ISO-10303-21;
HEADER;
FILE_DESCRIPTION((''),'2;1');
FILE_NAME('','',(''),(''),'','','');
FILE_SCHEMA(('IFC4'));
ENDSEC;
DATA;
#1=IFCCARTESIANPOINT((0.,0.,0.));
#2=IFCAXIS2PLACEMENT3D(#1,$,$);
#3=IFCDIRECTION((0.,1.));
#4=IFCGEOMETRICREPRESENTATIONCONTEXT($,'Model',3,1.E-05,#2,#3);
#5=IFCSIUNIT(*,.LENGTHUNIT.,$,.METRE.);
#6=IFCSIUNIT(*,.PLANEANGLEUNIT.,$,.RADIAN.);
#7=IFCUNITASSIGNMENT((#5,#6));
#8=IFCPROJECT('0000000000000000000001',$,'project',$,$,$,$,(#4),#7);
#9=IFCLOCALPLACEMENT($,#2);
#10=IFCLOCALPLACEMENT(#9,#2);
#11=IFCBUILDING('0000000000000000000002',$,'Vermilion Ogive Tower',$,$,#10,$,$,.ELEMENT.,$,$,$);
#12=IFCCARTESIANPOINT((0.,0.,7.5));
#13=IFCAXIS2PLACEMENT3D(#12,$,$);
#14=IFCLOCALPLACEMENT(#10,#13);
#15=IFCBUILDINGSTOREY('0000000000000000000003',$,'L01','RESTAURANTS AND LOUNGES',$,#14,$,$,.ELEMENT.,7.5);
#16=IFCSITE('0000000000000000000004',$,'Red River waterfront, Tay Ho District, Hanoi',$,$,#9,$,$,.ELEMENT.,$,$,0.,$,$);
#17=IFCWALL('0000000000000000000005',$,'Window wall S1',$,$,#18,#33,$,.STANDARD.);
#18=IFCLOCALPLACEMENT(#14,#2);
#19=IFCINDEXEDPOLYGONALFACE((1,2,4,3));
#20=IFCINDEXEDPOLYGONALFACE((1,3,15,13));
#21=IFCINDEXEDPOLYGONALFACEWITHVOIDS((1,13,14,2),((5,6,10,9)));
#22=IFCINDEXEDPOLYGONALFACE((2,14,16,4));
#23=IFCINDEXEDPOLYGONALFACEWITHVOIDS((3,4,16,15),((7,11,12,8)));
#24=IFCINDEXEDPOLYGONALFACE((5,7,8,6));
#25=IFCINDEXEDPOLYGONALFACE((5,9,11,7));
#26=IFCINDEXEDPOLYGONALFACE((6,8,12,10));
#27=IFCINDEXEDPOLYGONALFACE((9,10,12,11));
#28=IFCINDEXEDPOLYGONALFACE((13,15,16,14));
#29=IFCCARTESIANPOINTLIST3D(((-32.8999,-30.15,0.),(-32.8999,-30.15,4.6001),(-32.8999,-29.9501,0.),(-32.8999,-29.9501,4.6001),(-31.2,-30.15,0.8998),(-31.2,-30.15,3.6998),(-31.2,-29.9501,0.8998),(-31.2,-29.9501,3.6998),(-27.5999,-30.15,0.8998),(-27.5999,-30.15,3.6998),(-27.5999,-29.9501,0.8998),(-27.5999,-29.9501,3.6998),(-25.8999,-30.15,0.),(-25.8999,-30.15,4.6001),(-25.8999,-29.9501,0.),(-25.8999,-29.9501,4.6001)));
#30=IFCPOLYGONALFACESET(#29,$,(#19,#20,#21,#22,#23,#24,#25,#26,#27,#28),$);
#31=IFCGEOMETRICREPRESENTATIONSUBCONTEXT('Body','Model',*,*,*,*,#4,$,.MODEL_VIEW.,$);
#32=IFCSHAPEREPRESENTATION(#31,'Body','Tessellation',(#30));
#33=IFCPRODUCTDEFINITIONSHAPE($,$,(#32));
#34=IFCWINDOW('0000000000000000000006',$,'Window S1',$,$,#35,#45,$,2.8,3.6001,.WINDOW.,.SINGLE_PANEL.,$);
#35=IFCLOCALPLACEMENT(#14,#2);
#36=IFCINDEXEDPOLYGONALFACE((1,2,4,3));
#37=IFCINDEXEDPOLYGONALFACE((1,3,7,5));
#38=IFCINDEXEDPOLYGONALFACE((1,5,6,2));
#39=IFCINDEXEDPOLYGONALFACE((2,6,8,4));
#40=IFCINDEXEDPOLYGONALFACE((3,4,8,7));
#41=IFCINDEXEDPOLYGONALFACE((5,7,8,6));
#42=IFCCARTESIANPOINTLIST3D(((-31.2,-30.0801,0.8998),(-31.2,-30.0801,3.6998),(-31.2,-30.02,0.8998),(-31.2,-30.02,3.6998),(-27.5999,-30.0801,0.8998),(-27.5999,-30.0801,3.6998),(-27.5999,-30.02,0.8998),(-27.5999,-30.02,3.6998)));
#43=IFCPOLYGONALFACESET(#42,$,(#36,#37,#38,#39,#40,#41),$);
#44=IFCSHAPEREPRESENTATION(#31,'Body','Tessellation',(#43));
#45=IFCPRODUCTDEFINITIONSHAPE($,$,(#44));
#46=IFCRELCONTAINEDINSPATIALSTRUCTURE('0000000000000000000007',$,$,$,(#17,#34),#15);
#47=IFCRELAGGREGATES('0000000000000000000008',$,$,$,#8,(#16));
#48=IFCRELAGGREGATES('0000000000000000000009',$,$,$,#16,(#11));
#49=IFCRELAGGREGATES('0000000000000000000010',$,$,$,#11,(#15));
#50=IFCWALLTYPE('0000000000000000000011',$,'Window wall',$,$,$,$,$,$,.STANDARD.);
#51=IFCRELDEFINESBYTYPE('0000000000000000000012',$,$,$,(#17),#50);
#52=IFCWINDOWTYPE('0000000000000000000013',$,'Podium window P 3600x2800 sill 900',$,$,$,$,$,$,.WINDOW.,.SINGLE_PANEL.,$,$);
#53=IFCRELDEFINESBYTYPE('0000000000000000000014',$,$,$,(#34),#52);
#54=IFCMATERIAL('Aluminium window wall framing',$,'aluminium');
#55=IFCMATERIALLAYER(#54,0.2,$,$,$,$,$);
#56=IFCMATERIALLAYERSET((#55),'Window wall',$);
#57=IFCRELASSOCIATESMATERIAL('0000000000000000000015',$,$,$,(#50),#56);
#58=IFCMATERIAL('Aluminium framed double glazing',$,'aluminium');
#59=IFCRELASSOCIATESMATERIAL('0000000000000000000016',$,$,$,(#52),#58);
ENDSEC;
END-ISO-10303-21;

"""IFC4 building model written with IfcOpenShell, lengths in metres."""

from ifc_helpers import new_model, si_unit, direction, frame, frame_2d, origin, place, context, subcontext, project, spatial, rectangle, extrude, material, layer, layer_set, type_object, element, fill, save


model = new_model("IFC4")

# Units and contexts
model_context = context("Model", 3, precision=1e-05, world=origin(), true_north=direction((0.0, 1.0)))
body_context = subcontext(model_context, "Body", "Model", "MODEL_VIEW")
ifc_project = project(units=[si_unit("LENGTHUNIT", "METRE"), si_unit("PLANEANGLEUNIT", "RADIAN")], contexts=[model_context])

# Site, building, storey
site_placement = place(None, origin())
site = spatial("IfcSite", under=ifc_project, at=site_placement, Name="Red River waterfront, Tay Ho District, Hanoi", CompositionType="ELEMENT", RefElevation=0.0)
building_placement = place(site_placement, origin())
building = spatial("IfcBuilding", under=site, at=building_placement, Name="Vermilion Ogive Tower", CompositionType="ELEMENT")
storey_placement = place(building_placement, frame((0.0, 0.0, 7.5)))
storey = spatial("IfcBuildingStorey", under=building, at=storey_placement, Name="L01", Description="RESTAURANTS AND LOUNGES", CompositionType="ELEMENT", Elevation=7.5)

# Wall, opening, window
ifc_material_1 = material(Name="Aluminium window wall framing", Category="aluminium")
ifc_layer_1 = layer(ifc_material_1, 0.2)
ifc_layer_set_1 = layer_set([ifc_layer_1], Name="Window wall")
wall_type_1 = type_object("IfcWallType", Name="Window wall", PredefinedType="STANDARD", material=ifc_layer_set_1)
wall_1_placement = place(storey_placement, frame((-32.8999, -30.05, 0.0), z_axis=(0.0, 0.0, 1.0), x_axis=(1.0, 0.0, 0.0)))
wall_1 = element("IfcWall", 1, at=wall_1_placement, inside=storey, type_object=wall_type_1, Name="Window wall S1", PredefinedType="STANDARD", context=body_context, shape_type="SweptSolid", body=[
    extrude(rectangle(XDim=7.0, YDim=0.2, at=frame_2d((3.5, 0.0))), origin(), (0.0, 0.0, 1.0), 4.6001),
])
opening_1_placement = place(wall_1_placement, frame((1.7, 0.0, 0.8999)))
opening_1 = element("IfcOpeningElement", 2, at=opening_1_placement, cuts=wall_1, PredefinedType="OPENING", context=body_context, shape_type="SweptSolid", body=[
    extrude(rectangle(XDim=3.6001, YDim=2.8, at=frame_2d((1.8, 1.3999))), frame((0.0, 0.1099, 0.0), z_axis=(0.0, -1.0, 0.0), x_axis=(1.0, 0.0, 0.0)), (0.0, 0.0, 1.0), 0.22),
])
ifc_material_2 = material(Name="Aluminium framed double glazing", Category="aluminium")
window_type = type_object("IfcWindowType", Name="Podium window P 3600x2800 sill 900", PartitioningType="SINGLE_PANEL", PredefinedType="WINDOW", material=ifc_material_2)
window_placement = place(opening_1_placement, origin())
window = element("IfcWindow", 3, at=window_placement, inside=storey, type_object=window_type, Name="Window S1", OverallHeight=2.8, OverallWidth=3.6001, PartitioningType="SINGLE_PANEL", PredefinedType="WINDOW", context=body_context, shape_type="SweptSolid", body=[
    extrude(rectangle(XDim=3.6001, YDim=2.8, at=frame_2d((1.8, 1.3999))), frame((0.0, 0.03, 0.0), z_axis=(0.0, -1.0, 0.0), x_axis=(1.0, 0.0, 0.0)), (0.0, 0.0, 1.0), 0.0601),
])
fill(opening_1, window)

save(model, "model.ifc")
